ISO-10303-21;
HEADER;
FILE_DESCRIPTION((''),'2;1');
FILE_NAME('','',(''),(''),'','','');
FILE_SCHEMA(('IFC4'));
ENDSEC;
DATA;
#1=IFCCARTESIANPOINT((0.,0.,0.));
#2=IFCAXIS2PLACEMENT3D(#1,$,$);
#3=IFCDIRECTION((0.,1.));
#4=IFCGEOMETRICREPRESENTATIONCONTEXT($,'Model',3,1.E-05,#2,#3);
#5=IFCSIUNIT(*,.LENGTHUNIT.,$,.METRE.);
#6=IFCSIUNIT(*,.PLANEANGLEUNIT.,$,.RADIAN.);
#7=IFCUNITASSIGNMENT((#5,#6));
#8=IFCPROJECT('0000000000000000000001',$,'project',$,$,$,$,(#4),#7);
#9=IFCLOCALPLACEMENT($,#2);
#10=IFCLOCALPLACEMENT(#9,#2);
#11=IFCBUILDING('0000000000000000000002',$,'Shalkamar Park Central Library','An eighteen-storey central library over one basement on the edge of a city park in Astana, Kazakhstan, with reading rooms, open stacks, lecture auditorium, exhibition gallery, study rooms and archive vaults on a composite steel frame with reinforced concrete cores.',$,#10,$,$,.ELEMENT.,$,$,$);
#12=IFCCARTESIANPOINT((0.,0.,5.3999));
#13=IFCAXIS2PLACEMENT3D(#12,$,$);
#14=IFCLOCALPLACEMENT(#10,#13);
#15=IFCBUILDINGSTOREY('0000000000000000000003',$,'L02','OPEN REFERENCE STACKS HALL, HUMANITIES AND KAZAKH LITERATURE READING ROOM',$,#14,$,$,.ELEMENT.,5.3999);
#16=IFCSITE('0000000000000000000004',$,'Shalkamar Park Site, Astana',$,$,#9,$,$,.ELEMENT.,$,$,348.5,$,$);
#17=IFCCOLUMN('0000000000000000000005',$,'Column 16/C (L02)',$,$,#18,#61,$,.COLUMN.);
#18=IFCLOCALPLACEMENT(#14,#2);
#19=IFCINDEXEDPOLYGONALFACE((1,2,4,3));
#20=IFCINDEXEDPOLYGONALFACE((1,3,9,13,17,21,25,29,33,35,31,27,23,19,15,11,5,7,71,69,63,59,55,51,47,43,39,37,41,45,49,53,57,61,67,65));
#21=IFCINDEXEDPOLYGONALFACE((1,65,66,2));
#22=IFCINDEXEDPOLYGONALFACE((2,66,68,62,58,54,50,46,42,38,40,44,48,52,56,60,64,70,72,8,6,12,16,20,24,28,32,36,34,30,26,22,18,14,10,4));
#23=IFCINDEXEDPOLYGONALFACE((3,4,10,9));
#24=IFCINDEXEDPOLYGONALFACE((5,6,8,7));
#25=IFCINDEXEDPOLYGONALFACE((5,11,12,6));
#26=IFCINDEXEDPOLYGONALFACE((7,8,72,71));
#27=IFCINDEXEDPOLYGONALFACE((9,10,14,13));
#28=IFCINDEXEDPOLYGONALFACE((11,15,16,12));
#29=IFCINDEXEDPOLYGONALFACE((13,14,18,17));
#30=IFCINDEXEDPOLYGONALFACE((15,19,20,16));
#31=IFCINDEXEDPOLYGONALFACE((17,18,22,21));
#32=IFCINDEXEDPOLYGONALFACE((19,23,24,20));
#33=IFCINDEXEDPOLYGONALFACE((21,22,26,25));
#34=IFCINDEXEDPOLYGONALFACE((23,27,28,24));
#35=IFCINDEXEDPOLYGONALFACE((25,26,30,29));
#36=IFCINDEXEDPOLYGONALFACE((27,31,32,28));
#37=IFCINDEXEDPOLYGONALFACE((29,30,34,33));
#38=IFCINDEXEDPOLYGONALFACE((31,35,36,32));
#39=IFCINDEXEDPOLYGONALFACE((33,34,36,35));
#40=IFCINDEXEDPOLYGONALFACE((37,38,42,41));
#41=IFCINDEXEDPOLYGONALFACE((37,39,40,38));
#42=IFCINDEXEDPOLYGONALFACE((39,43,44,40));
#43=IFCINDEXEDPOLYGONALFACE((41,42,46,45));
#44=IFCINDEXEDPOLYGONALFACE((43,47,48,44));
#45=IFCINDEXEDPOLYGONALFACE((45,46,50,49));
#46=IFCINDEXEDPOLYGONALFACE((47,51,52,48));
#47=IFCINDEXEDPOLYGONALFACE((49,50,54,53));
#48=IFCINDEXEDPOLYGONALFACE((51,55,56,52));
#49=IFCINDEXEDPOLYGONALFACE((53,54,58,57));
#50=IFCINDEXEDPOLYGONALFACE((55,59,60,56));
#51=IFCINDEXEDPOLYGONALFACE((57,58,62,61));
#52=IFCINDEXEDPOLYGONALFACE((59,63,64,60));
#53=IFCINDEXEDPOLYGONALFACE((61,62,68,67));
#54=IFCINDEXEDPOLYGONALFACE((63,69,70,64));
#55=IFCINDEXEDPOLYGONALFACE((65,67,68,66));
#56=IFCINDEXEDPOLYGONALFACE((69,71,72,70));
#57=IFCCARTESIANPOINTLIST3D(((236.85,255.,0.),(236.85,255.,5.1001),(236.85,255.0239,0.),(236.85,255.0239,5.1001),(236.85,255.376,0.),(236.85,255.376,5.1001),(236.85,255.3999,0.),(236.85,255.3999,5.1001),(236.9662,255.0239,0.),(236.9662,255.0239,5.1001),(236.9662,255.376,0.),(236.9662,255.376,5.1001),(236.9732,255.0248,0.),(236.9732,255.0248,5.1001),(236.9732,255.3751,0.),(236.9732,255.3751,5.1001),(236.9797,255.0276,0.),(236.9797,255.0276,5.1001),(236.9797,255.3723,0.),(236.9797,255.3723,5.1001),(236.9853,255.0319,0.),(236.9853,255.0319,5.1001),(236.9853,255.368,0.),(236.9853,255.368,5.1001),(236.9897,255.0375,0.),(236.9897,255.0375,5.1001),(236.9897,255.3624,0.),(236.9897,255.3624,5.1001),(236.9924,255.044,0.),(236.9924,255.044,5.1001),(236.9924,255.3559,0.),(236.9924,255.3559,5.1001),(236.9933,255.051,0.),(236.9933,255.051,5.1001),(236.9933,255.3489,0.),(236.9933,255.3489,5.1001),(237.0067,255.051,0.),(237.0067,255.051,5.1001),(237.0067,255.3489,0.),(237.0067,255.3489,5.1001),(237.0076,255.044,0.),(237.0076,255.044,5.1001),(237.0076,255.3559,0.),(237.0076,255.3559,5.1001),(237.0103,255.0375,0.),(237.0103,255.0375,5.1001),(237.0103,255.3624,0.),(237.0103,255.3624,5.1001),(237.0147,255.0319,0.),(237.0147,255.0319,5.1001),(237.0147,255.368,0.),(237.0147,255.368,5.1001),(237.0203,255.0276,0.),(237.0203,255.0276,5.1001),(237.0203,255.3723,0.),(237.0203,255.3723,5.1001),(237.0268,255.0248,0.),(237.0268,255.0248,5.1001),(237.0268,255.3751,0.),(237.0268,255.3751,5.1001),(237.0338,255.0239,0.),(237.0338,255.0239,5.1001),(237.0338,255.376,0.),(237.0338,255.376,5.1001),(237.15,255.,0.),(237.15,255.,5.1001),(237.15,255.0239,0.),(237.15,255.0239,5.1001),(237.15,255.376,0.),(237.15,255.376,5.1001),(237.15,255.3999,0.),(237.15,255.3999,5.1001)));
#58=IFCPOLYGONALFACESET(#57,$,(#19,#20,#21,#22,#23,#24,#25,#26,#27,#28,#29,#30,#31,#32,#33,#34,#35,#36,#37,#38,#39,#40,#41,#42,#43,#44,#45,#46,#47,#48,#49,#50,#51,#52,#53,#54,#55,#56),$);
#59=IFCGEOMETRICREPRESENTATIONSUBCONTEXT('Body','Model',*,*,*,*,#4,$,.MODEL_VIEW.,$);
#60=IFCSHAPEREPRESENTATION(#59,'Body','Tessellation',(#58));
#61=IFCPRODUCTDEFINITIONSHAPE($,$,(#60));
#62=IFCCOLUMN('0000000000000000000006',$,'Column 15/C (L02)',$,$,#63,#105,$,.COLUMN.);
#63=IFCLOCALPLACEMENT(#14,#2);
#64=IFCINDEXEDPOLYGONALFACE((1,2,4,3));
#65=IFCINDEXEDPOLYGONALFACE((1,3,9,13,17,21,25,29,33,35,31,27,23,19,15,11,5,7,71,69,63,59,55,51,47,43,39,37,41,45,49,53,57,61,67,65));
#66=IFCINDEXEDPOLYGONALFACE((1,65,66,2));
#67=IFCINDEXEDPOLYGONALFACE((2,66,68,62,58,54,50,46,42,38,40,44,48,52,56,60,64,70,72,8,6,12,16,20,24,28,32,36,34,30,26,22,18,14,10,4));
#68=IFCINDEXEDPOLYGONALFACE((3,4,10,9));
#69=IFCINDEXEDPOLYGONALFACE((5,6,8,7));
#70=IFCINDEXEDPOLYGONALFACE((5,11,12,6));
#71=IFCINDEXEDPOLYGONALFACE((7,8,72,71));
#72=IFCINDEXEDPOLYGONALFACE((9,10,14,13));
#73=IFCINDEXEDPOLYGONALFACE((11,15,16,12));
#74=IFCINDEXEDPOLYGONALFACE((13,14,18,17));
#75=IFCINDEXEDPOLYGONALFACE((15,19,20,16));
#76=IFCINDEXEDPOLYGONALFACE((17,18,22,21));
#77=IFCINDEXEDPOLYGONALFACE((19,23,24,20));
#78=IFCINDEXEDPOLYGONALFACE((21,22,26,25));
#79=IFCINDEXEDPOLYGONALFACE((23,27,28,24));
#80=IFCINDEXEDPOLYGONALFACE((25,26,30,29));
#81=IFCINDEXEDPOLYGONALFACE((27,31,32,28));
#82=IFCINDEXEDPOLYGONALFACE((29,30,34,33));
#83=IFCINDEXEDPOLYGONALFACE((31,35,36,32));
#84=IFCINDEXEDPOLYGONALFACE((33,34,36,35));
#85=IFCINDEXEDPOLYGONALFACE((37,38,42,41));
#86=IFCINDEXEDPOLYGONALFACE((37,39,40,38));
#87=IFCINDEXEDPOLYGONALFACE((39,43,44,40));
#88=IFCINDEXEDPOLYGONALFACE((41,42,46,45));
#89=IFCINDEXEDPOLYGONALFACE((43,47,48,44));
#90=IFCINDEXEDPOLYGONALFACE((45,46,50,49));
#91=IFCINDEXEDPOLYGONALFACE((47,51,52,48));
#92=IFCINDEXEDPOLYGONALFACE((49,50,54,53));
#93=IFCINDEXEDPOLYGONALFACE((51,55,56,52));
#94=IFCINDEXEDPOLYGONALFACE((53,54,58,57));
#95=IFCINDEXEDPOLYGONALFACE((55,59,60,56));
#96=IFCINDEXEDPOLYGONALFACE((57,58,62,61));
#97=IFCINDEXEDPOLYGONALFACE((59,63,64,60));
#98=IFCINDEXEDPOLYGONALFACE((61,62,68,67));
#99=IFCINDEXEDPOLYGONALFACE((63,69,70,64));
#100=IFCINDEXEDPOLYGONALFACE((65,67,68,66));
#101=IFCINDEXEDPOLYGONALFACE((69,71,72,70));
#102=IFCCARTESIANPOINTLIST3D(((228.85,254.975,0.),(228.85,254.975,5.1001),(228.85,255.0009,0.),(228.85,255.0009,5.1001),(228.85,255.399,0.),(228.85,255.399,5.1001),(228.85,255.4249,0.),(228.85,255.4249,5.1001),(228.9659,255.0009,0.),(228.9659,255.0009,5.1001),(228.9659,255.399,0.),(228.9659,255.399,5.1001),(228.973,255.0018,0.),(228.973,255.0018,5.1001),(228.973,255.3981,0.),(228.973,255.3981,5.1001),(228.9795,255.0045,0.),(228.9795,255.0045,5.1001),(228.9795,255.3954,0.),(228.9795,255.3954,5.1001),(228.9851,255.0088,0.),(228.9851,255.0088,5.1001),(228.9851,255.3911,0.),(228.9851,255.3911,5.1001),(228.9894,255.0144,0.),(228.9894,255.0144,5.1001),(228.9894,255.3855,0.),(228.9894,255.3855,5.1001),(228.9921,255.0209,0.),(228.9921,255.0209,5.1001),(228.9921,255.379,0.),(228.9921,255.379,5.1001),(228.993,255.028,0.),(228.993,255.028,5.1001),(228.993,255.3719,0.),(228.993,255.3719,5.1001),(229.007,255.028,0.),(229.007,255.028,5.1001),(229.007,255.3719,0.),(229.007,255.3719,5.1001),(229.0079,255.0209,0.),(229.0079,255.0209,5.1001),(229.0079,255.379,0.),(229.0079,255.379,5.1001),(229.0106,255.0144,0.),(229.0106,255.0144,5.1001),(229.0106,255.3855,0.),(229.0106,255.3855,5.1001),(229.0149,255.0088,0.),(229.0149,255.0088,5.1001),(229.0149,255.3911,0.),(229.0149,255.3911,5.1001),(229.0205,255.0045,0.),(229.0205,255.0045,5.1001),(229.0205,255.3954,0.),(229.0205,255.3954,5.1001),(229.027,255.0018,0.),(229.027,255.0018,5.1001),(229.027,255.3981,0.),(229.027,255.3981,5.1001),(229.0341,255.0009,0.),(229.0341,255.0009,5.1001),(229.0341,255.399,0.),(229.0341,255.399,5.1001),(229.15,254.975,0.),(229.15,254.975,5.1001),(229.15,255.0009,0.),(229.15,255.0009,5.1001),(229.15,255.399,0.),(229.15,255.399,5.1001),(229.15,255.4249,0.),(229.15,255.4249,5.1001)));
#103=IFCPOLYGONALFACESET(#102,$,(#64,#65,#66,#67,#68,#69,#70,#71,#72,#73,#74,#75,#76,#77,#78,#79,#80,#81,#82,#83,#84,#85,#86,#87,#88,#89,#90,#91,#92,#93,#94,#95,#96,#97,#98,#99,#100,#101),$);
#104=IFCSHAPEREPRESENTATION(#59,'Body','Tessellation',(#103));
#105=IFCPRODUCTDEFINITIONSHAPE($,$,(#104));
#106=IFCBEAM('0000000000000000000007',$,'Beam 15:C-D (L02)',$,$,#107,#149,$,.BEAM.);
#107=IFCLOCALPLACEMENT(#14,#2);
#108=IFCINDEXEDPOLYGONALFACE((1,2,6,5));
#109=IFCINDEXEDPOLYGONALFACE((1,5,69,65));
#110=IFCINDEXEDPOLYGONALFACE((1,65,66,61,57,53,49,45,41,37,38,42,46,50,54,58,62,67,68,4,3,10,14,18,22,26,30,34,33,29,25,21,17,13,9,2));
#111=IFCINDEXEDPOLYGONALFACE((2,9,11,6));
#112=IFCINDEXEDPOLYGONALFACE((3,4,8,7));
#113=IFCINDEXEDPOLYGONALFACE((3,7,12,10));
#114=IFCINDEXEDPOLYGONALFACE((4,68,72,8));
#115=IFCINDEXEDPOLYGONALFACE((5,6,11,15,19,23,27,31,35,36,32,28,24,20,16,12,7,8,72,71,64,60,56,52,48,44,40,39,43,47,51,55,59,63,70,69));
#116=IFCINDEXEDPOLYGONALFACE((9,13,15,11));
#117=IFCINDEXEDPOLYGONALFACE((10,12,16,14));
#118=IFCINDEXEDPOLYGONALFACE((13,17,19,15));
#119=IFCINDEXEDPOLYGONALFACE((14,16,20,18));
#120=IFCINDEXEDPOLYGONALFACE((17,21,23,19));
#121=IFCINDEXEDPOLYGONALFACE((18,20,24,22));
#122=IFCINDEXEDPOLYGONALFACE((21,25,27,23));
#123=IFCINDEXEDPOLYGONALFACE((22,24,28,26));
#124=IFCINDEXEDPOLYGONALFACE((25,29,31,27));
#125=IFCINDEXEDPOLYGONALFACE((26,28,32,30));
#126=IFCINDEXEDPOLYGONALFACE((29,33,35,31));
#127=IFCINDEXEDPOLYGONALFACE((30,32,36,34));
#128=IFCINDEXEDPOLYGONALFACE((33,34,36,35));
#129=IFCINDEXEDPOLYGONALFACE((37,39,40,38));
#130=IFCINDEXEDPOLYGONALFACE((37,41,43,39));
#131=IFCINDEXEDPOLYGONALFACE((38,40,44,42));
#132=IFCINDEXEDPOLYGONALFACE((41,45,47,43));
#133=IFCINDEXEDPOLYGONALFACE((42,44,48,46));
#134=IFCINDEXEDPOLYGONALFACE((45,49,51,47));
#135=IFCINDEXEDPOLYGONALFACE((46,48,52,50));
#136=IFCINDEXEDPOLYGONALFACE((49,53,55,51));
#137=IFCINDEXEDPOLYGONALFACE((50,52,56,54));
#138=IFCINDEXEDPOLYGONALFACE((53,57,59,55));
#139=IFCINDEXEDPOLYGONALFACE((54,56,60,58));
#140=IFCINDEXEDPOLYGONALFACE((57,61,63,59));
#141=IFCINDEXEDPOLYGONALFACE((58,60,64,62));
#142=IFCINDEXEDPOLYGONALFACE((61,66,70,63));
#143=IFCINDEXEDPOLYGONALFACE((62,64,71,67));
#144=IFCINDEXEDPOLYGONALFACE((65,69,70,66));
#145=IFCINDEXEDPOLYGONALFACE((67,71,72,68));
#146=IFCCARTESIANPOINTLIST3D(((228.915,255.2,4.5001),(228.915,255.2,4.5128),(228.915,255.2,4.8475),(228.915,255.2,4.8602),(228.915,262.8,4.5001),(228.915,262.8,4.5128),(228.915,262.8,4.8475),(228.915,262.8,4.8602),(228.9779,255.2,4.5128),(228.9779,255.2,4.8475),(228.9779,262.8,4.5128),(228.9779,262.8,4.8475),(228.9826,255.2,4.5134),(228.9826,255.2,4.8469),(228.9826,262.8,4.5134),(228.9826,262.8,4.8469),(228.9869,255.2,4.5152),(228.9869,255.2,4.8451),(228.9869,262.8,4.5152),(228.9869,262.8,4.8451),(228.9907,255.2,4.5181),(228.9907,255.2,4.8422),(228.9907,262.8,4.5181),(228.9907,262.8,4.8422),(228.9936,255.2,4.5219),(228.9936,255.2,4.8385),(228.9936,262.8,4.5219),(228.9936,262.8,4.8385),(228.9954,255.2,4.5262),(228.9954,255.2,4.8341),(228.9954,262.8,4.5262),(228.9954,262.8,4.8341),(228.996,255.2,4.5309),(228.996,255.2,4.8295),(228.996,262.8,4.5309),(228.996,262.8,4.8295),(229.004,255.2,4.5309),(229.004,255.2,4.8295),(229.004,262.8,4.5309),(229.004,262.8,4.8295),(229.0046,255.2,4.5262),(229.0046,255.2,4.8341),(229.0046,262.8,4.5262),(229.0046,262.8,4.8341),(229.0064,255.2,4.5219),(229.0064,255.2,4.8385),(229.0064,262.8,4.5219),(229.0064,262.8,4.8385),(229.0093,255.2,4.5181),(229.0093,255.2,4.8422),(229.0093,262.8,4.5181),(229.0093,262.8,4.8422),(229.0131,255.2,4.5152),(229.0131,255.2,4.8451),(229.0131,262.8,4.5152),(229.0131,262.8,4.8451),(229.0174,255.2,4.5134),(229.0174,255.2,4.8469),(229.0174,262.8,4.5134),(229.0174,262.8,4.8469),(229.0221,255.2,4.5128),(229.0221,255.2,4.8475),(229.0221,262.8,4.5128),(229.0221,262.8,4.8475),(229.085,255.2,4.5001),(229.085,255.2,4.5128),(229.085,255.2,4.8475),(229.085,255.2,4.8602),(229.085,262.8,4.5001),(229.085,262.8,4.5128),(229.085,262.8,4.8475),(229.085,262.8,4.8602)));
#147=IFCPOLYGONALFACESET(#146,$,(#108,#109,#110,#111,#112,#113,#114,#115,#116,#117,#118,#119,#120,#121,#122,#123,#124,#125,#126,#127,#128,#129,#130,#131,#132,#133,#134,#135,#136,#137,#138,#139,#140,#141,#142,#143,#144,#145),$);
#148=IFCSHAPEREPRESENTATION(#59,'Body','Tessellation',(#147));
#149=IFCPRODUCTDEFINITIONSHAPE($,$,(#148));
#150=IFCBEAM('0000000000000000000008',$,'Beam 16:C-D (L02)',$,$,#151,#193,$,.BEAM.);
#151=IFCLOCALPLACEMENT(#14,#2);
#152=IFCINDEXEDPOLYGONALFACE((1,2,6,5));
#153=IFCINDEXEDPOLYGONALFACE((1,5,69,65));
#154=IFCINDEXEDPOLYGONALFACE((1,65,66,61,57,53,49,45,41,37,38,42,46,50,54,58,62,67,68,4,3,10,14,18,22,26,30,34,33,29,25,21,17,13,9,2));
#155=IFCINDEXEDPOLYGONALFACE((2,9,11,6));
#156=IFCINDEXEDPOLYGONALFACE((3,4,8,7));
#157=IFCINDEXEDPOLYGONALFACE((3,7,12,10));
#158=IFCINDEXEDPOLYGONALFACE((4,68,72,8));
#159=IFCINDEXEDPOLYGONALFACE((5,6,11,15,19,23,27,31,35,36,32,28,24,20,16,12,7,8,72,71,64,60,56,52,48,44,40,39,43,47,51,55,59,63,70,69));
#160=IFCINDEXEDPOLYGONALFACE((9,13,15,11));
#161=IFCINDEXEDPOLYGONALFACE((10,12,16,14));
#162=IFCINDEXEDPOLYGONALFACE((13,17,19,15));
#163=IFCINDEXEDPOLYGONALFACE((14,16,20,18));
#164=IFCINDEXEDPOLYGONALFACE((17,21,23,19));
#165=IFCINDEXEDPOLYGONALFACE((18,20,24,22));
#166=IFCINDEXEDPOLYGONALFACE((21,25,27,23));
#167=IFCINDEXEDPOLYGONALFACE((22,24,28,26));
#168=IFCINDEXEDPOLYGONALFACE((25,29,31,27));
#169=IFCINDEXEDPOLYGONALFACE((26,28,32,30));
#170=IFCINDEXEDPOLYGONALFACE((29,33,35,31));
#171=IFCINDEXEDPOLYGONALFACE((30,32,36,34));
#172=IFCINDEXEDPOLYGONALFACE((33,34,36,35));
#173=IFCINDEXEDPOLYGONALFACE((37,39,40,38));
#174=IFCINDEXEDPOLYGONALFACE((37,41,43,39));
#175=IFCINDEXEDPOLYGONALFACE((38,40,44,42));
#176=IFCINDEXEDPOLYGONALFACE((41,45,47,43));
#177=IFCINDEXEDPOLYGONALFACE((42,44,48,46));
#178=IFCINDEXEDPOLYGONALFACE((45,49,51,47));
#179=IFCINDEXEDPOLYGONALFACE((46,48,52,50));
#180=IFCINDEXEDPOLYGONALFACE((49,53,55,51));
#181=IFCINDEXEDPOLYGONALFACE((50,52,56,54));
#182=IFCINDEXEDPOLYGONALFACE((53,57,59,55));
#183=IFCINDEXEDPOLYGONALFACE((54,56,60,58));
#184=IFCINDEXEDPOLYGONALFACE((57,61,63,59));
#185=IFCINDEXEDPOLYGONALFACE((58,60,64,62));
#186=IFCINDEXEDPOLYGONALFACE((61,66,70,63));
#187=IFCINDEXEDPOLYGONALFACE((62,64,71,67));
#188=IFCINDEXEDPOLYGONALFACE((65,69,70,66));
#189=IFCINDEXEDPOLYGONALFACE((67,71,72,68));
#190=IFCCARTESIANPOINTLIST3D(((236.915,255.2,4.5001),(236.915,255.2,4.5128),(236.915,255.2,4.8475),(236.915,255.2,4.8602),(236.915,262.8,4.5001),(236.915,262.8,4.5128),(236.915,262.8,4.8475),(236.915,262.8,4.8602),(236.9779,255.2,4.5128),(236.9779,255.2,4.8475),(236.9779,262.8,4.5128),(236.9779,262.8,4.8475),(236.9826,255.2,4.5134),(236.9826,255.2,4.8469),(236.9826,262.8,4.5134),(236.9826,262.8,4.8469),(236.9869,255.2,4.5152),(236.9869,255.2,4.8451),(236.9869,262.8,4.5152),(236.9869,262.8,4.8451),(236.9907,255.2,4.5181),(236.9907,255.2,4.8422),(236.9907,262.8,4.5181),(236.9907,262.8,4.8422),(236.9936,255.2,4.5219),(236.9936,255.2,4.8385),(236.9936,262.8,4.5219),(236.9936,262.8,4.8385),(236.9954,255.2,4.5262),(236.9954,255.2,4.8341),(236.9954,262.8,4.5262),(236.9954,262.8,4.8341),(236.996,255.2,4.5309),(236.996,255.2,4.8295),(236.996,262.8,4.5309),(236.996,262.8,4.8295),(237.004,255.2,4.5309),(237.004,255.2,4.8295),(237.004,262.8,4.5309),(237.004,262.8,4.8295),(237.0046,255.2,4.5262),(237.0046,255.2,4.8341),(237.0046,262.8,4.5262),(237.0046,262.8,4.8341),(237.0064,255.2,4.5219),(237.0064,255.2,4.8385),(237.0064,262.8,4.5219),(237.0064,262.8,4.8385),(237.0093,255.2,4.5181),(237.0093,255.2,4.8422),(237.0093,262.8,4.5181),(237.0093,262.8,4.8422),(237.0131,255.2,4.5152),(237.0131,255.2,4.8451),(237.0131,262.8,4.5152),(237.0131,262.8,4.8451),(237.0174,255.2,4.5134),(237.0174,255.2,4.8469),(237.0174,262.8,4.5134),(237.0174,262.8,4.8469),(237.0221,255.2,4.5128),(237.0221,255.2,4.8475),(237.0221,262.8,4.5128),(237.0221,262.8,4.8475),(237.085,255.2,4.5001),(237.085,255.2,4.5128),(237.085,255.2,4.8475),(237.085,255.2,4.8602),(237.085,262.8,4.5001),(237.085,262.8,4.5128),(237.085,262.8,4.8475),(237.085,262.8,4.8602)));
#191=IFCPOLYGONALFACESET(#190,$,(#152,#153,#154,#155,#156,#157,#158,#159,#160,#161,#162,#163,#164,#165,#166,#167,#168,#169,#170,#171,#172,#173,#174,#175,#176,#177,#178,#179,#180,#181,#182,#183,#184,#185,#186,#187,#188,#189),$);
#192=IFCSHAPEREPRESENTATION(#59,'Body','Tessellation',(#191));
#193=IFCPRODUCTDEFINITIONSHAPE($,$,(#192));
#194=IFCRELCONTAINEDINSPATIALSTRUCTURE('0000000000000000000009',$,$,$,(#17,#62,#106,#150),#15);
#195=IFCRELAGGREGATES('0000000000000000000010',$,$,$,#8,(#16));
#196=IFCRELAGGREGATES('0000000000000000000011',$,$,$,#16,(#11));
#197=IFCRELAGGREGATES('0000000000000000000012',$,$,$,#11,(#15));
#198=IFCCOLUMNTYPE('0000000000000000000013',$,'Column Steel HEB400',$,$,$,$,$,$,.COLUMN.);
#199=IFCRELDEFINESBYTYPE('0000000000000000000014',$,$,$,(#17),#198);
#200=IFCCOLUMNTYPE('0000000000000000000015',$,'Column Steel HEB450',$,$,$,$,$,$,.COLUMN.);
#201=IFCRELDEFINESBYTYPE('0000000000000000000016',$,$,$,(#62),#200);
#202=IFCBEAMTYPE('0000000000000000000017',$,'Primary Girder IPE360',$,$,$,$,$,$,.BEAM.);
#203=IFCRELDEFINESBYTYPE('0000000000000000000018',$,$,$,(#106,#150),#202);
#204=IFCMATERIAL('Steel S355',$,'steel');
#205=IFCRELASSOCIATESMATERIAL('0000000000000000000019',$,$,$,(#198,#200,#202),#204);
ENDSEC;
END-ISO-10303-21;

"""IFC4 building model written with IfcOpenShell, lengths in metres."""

from ifc_helpers import new_model, si_unit, direction, frame, origin, origin_2d, place, context, subcontext, project, spatial, i_section, extrude, material, material_profile, profile_set, type_object, element, save


model = new_model("IFC4")

# Units and contexts
model_context = context("Model", 3, precision=1e-05, world=origin(), true_north=direction((0.0, 1.0)))
body_context = subcontext(model_context, "Body", "Model", "MODEL_VIEW")
ifc_project = project(units=[si_unit("LENGTHUNIT", "METRE"), si_unit("PLANEANGLEUNIT", "RADIAN")], contexts=[model_context])

# Site, building, storey
site_placement = place(None, origin())
site = spatial("IfcSite", under=ifc_project, at=site_placement, Name="Shalkamar Park Site, Astana", CompositionType="ELEMENT", RefElevation=348.5)
building_placement = place(site_placement, origin())
building = spatial("IfcBuilding", under=site, at=building_placement, Name="Shalkamar Park Central Library", Description="An eighteen-storey central library over one basement on the edge of a city park in Astana, Kazakhstan, with reading rooms, open stacks, lecture auditorium, exhibition gallery, study rooms and archive vaults on a composite steel frame with reinforced concrete cores.", CompositionType="ELEMENT")
storey_placement = place(building_placement, frame((0.0, 0.0, 5.3999)))
storey = spatial("IfcBuildingStorey", under=building, at=storey_placement, Name="L02", Description="OPEN REFERENCE STACKS HALL, HUMANITIES AND KAZAKH LITERATURE READING ROOM", CompositionType="ELEMENT", Elevation=5.3999)

# Columns
ifc_material_1 = material(Name="Steel S355", Category="steel")
ifc_material_profile_1 = material_profile(ifc_material_1, i_section(OverallWidth=0.3, OverallDepth=0.3999, WebThickness=0.0134, FlangeThickness=0.0239, FilletRadius=0.0271, at=origin_2d()), Name="HEB 400")
ifc_profile_set_1 = profile_set([ifc_material_profile_1], Name="Steel S355")
column_type_1 = type_object("IfcColumnType", Name="Column Steel HEB400", PredefinedType="COLUMN", material=ifc_profile_set_1)
column_1_placement = place(storey_placement, frame((237.0, 255.2, 0.0), z_axis=(0.0, 0.0, 1.0), x_axis=(1.0, 0.0, 0.0)))
element("IfcColumn", 1, at=column_1_placement, inside=storey, type_object=column_type_1, Name="Column 16/C (L02)", PredefinedType="COLUMN", context=body_context, shape_type="SweptSolid", body=[
    extrude(i_section(OverallWidth=0.3, OverallDepth=0.3999, WebThickness=0.0134, FlangeThickness=0.0239, FilletRadius=0.0271, at=origin_2d()), origin(), (0.0, 0.0, 1.0), 5.1001),
])
ifc_material_profile_2 = material_profile(ifc_material_1, i_section(OverallWidth=0.3, OverallDepth=0.45, WebThickness=0.0139, FlangeThickness=0.0259, FilletRadius=0.0271, at=origin_2d()), Name="HEB 450")
ifc_profile_set_2 = profile_set([ifc_material_profile_2], Name="Steel S355")
column_type_2 = type_object("IfcColumnType", Name="Column Steel HEB450", PredefinedType="COLUMN", material=ifc_profile_set_2)
column_2_placement = place(storey_placement, frame((229.0, 255.2, 0.0), z_axis=(0.0, 0.0, 1.0), x_axis=(1.0, 0.0, 0.0)))
element("IfcColumn", 2, at=column_2_placement, inside=storey, type_object=column_type_2, Name="Column 15/C (L02)", PredefinedType="COLUMN", context=body_context, shape_type="SweptSolid", body=[
    extrude(i_section(OverallWidth=0.3, OverallDepth=0.45, WebThickness=0.0139, FlangeThickness=0.0259, FilletRadius=0.0271, at=origin_2d()), origin(), (0.0, 0.0, 1.0), 5.1001),
])

# Beams
ifc_material_profile_3 = material_profile(ifc_material_1, i_section(OverallWidth=0.1699, OverallDepth=0.3601, WebThickness=0.0081, FlangeThickness=0.0127, FilletRadius=0.0181, at=origin_2d()), Name="IPE 360")
ifc_profile_set_3 = profile_set([ifc_material_profile_3], Name="Steel S355")
beam_type_1 = type_object("IfcBeamType", Name="Primary Girder IPE360", PredefinedType="BEAM", material=ifc_profile_set_3)
for number, where, z_axis, x_axis, name in (
    (3, (229.0, 255.2, 4.6802), (0.0, 1.0, 0.0), (-1.0, 0.0, 0.0), "Beam 15:C-D (L02)"),
    (4, (237.0, 255.2, 4.6802), (0.0, 1.0, 0.0), (-1.0, 0.0, 0.0), "Beam 16:C-D (L02)"),
):
    element("IfcBeam", number, at=place(storey_placement, frame(where, z_axis=z_axis, x_axis=x_axis)), inside=storey, type_object=beam_type_1, Name=name, PredefinedType="BEAM", context=body_context, shape_type="SweptSolid", body=[
        extrude(i_section(OverallWidth=0.1699, OverallDepth=0.3601, WebThickness=0.0081, FlangeThickness=0.0127, FilletRadius=0.0181, at=origin_2d()), origin(), (0.0, 0.0, 1.0), 7.6001),
    ])

save(model, "model.ifc")
